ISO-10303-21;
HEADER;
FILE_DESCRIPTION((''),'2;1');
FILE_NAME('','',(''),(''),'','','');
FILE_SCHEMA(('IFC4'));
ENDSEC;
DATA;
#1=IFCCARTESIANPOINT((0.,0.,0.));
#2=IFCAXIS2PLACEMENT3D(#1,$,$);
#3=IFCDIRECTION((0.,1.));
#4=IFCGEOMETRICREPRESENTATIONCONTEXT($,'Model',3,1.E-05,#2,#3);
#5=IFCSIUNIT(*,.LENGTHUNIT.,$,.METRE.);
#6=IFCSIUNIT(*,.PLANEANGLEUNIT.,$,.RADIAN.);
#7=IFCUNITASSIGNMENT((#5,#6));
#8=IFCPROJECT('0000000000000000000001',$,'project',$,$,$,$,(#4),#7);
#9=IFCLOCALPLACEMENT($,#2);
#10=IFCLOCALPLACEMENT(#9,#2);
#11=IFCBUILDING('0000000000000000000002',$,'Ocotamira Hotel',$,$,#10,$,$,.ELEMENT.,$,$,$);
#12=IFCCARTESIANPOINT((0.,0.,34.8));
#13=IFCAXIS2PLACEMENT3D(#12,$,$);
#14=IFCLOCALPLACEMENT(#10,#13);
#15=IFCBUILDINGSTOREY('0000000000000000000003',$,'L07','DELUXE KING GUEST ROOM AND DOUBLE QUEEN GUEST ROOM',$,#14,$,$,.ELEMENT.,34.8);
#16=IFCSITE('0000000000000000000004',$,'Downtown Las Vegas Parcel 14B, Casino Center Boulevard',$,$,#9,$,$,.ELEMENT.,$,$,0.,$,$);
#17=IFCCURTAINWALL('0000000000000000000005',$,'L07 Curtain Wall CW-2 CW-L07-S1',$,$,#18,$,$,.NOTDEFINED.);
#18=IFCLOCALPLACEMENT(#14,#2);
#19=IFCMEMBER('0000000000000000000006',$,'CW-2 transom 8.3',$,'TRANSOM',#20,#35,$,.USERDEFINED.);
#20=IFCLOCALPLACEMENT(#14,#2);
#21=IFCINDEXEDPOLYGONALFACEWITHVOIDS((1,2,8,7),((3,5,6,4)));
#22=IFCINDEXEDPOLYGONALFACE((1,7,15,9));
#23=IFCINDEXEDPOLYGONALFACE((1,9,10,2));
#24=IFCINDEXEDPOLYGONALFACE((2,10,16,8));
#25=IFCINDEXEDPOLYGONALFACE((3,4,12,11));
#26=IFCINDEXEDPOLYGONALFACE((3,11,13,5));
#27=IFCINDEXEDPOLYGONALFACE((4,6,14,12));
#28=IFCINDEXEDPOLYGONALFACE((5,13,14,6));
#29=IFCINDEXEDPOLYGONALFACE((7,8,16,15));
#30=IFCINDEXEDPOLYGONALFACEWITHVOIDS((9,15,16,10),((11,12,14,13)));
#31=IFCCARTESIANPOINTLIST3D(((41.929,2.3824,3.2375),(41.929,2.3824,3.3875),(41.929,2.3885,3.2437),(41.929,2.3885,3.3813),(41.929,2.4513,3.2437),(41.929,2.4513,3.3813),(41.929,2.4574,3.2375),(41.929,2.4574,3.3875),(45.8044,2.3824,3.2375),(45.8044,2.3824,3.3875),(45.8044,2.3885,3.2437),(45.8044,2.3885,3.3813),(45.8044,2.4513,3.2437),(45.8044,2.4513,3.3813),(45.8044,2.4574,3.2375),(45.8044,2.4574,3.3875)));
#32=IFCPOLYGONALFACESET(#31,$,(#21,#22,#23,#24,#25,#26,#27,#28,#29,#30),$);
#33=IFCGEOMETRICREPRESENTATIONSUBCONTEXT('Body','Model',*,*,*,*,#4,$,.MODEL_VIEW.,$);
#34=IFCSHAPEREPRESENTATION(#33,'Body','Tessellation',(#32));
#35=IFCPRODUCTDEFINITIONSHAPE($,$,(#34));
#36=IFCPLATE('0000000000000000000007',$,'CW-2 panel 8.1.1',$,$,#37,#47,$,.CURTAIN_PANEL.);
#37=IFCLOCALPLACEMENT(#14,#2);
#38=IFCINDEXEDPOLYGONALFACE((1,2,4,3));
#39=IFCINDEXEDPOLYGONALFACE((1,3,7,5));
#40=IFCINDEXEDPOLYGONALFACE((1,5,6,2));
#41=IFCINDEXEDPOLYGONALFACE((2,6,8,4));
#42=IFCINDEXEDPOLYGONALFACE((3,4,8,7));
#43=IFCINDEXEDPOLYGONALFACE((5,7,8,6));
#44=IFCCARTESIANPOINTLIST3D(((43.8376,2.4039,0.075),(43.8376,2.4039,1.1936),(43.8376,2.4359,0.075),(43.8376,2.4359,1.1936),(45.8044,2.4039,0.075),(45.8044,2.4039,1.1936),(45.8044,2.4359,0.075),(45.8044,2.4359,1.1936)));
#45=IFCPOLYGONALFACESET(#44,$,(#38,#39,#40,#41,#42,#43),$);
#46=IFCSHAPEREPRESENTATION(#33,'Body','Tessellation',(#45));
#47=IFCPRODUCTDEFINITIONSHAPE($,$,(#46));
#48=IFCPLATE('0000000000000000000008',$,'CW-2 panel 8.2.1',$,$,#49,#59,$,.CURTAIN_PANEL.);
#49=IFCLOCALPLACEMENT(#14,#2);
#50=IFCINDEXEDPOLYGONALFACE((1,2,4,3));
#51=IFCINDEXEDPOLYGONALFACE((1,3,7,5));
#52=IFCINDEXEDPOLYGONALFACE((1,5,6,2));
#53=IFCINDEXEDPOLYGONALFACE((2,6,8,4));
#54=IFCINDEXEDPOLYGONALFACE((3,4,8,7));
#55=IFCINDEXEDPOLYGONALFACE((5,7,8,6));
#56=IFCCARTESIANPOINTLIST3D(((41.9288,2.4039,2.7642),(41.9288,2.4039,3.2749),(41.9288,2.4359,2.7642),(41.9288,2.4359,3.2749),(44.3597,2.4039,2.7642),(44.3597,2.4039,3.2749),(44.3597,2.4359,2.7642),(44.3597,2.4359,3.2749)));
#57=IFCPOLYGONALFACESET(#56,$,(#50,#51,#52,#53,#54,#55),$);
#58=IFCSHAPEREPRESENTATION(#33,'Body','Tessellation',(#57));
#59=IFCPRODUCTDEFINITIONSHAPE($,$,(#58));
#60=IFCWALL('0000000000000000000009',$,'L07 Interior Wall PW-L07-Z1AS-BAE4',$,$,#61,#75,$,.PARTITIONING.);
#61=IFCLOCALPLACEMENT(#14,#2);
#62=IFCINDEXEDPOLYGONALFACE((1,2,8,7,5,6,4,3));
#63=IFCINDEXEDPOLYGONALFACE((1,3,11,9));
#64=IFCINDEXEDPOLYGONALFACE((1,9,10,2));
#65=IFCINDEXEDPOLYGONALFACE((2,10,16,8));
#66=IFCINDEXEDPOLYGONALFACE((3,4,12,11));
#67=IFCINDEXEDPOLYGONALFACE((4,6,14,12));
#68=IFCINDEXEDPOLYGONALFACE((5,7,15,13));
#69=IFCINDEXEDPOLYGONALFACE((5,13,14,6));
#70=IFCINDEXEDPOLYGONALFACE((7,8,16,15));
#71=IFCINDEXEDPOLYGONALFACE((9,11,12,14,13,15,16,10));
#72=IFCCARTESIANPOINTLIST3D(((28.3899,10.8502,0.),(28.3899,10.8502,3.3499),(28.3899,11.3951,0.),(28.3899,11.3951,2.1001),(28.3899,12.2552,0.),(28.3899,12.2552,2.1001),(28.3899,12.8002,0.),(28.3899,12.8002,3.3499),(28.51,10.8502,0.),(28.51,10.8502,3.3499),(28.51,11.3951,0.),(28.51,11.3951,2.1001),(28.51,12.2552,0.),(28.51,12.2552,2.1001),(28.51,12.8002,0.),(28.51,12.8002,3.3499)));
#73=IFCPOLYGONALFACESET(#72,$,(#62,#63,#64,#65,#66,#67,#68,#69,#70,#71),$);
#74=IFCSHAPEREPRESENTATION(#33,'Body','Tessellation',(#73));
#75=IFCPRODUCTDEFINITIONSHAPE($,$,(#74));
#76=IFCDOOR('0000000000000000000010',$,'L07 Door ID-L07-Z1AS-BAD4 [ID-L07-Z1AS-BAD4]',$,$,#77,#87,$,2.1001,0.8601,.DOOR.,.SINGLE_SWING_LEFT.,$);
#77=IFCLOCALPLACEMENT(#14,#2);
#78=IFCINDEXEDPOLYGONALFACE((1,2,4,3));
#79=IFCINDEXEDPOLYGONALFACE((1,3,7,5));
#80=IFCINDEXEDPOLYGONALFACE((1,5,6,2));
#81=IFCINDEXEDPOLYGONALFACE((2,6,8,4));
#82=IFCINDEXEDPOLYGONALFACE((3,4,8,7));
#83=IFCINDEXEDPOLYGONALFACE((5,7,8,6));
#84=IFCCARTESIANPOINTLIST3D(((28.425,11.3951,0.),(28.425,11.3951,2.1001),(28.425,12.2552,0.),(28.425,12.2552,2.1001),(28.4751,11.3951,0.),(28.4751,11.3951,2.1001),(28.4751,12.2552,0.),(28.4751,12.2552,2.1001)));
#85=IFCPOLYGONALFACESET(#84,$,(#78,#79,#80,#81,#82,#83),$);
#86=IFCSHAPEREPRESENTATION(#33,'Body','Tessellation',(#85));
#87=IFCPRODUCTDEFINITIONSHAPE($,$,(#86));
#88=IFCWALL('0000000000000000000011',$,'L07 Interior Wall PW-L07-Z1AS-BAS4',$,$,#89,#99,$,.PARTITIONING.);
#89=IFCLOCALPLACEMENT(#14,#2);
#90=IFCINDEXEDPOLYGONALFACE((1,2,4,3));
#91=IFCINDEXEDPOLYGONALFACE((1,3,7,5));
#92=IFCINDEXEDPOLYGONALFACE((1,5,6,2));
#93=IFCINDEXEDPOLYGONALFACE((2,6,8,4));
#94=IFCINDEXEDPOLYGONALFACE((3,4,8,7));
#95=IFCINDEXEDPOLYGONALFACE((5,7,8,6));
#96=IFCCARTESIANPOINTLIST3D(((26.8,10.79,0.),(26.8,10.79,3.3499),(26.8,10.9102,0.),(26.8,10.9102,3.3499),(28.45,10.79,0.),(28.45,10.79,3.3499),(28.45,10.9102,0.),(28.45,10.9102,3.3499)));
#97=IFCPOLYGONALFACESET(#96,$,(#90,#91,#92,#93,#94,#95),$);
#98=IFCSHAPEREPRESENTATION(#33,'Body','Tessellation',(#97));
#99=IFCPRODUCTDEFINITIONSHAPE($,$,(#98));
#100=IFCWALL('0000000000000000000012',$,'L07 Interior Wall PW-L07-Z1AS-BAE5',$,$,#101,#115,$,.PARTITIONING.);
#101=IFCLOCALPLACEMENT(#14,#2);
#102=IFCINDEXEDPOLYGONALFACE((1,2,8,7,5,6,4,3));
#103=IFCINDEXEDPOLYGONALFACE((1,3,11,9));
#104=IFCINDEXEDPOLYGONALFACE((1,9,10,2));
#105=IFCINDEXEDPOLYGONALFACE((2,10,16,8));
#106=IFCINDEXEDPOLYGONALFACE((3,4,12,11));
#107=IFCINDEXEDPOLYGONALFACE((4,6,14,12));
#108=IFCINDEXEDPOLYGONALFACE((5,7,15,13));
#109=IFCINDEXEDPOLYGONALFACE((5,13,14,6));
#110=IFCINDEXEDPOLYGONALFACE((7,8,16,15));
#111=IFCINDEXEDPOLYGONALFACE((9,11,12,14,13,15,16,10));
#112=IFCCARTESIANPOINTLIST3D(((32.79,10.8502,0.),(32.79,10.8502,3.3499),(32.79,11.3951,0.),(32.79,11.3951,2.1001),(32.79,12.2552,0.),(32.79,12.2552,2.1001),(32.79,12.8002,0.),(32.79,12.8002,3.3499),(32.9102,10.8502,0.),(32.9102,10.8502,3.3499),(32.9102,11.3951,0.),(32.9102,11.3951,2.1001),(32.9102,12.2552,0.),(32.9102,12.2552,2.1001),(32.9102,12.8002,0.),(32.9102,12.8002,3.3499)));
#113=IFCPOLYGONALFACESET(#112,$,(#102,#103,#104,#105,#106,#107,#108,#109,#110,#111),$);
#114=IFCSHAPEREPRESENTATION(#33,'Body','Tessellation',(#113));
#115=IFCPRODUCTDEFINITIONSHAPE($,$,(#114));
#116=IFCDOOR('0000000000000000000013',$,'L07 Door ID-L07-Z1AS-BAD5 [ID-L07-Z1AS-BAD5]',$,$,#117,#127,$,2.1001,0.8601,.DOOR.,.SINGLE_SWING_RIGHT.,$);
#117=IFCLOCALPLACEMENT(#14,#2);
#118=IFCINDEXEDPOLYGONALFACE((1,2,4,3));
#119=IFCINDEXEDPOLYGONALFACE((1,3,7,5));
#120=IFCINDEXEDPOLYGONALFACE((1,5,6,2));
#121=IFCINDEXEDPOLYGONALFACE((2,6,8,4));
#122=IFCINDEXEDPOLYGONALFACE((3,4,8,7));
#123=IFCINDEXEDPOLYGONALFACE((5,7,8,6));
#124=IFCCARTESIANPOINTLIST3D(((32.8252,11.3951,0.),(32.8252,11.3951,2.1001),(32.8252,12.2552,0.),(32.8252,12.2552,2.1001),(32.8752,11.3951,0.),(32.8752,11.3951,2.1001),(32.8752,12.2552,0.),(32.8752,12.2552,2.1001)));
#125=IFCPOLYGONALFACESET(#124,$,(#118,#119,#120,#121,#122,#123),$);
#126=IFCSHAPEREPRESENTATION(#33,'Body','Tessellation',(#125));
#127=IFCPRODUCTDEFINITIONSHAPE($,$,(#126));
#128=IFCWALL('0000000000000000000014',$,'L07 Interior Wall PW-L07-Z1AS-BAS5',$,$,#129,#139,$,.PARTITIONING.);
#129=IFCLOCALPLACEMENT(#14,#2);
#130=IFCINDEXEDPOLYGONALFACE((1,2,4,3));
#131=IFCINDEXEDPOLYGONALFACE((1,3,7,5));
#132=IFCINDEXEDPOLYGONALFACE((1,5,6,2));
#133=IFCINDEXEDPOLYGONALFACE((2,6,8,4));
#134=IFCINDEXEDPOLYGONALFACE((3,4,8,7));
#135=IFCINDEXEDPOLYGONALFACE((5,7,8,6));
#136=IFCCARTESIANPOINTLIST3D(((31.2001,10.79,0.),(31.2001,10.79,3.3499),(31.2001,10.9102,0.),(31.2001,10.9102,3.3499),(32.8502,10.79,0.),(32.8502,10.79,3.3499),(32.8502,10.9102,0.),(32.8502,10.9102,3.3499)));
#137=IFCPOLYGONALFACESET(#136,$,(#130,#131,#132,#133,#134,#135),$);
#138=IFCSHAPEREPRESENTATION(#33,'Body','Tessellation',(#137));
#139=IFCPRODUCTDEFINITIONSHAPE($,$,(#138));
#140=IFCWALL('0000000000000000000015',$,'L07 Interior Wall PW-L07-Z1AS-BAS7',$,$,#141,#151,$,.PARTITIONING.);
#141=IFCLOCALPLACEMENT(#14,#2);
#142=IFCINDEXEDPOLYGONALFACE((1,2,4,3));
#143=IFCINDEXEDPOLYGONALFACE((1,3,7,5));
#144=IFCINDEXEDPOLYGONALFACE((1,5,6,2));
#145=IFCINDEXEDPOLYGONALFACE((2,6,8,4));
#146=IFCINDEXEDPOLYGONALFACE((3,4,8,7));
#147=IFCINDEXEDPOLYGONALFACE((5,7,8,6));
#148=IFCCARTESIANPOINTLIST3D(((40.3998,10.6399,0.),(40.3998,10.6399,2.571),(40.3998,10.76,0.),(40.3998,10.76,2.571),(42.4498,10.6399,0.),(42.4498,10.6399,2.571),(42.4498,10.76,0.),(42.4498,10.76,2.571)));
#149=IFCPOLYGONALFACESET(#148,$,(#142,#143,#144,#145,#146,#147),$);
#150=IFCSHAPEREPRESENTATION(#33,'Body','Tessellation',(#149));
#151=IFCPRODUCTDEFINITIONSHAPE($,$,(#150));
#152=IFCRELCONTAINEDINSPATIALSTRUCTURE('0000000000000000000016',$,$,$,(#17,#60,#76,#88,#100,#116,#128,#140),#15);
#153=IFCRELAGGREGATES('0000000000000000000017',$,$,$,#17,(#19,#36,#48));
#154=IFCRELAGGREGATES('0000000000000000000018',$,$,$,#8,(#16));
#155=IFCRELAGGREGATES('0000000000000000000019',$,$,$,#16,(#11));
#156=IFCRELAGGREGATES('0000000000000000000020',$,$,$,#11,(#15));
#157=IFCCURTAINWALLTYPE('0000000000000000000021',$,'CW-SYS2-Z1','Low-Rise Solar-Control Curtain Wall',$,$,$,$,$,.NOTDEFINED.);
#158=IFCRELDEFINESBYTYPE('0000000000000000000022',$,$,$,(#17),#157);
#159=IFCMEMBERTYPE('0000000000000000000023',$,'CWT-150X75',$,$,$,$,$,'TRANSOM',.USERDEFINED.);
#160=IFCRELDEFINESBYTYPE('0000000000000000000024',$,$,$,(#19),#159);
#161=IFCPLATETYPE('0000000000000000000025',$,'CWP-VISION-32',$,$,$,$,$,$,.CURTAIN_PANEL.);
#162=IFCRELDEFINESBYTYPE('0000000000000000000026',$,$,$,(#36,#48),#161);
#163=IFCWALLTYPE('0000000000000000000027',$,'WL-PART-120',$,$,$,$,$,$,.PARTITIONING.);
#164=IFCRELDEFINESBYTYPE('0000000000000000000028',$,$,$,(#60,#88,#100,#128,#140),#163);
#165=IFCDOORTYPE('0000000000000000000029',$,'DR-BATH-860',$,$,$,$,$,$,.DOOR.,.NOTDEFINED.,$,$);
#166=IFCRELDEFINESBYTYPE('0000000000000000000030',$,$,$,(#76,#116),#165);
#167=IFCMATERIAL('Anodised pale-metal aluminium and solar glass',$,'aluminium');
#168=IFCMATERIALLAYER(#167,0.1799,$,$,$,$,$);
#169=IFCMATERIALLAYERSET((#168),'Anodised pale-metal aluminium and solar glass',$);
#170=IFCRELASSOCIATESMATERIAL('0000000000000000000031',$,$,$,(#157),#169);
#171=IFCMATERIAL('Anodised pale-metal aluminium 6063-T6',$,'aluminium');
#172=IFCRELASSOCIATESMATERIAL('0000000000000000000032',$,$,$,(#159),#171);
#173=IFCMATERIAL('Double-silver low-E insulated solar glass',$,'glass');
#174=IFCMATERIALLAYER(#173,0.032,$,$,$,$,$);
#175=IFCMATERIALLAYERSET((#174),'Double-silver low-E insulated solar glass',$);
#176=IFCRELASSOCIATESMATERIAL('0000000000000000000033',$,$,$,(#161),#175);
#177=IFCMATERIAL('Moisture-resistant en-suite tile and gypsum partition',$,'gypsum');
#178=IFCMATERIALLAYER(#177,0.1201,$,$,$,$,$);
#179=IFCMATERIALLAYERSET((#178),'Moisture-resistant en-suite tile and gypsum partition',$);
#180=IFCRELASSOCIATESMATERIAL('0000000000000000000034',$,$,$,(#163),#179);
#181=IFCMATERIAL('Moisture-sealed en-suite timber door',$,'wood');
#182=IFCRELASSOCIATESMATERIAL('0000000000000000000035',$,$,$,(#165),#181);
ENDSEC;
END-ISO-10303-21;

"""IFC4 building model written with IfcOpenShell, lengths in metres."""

from ifc_helpers import new_model, si_unit, direction, frame, frame_2d, origin, origin_2d, place, context, subcontext, project, spatial, rectangle, hollow_rectangle, extrude, source, transform, mapped, material, layer, layer_set, material_profile, profile_set, type_object, element, fill, aggregate, save


model = new_model("IFC4")

# Units and contexts
model_context = context("Model", 3, precision=1e-05, world=origin(), true_north=direction((0.0, 1.0)))
body_context = subcontext(model_context, "Body", "Model", "MODEL_VIEW")
ifc_project = project(units=[si_unit("LENGTHUNIT", "METRE"), si_unit("PLANEANGLEUNIT", "RADIAN")], contexts=[model_context])

# Site, building, storey
site_placement = place(None, origin())
site = spatial("IfcSite", under=ifc_project, at=site_placement, Name="Downtown Las Vegas Parcel 14B, Casino Center Boulevard", CompositionType="ELEMENT", RefElevation=0.0)
building_placement = place(site_placement, origin())
building = spatial("IfcBuilding", under=site, at=building_placement, Name="Ocotamira Hotel", CompositionType="ELEMENT")
storey_placement = place(building_placement, frame((0.0, 0.0, 34.8)))
storey = spatial("IfcBuildingStorey", under=building, at=storey_placement, Name="L07", Description="DELUXE KING GUEST ROOM AND DOUBLE QUEEN GUEST ROOM", CompositionType="ELEMENT", Elevation=34.8)

# Curtain wall, member, plates
ifc_material_1 = material(Name="Anodised pale-metal aluminium and solar glass", Category="aluminium")
ifc_layer_1 = layer(ifc_material_1, 0.1799)
ifc_layer_set_1 = layer_set([ifc_layer_1], Name="Anodised pale-metal aluminium and solar glass")
curtain_wall_type = type_object("IfcCurtainWallType", Name="CW-SYS2-Z1", Description="Low-Rise Solar-Control Curtain Wall", PredefinedType="NOTDEFINED", material=ifc_layer_set_1)
curtain_wall_placement = place(storey_placement, origin())
curtain_wall = element("IfcCurtainWall", 1, at=curtain_wall_placement, inside=storey, type_object=curtain_wall_type, Name="L07 Curtain Wall CW-2 CW-L07-S1", PredefinedType="NOTDEFINED")
ifc_material_2 = material(Name="Anodised pale-metal aluminium 6063-T6", Category="aluminium")
ifc_material_profile_1 = material_profile(ifc_material_2, hollow_rectangle(XDim=0.075, YDim=0.1499, WallThickness=0.0061, at=origin_2d()), Name="HSS150X75X6")
ifc_profile_set_1 = profile_set([ifc_material_profile_1], Name="Anodised pale-metal aluminium 6063-T6")
member_type = type_object("IfcMemberType", Name="CWT-150X75", ElementType="TRANSOM", PredefinedType="USERDEFINED", material=ifc_profile_set_1)
shared_shape_1 = source(origin(), body_context, "Body", "SweptSolid", [
    extrude(hollow_rectangle(XDim=0.075, YDim=0.1499, WallThickness=0.0061, at=origin_2d()), origin(), (0.0, 0.0, 1.0), 3.8755),
])
member_1_placement = place(storey_placement, frame((41.929, 2.4199, 3.3125), z_axis=(1.0, 0.0, 0.0), x_axis=(0.0, 1.0, 0.0)))
member_1 = element("IfcMember", 2, at=member_1_placement, type_object=member_type, Name="CW-2 transom 8.3", ObjectType="TRANSOM", PredefinedType="USERDEFINED", context=body_context, shape_type="MappedRepresentation", body=[
    mapped(shared_shape_1, transform((0.0, 0.0, 0.0), scale=1.0)),
])
ifc_material_3 = material(Name="Double-silver low-E insulated solar glass", Category="glass")
ifc_layer_2 = layer(ifc_material_3, 0.032)
ifc_layer_set_2 = layer_set([ifc_layer_2], Name="Double-silver low-E insulated solar glass")
plate_type = type_object("IfcPlateType", Name="CWP-VISION-32", PredefinedType="CURTAIN_PANEL", material=ifc_layer_set_2)
shared_shape_2 = source(origin(), body_context, "Body", "SweptSolid", [
    extrude(rectangle(XDim=1.9668, YDim=0.032, at=origin_2d()), origin(), (0.0, 0.0, 1.0), 1.1187),
])
plate_1_placement = place(storey_placement, frame((44.821, 2.4199, 0.075), z_axis=(0.0, 0.0, 1.0), x_axis=(1.0, 0.0, 0.0)))
plate_1 = element("IfcPlate", 3, at=plate_1_placement, type_object=plate_type, Name="CW-2 panel 8.1.1", PredefinedType="CURTAIN_PANEL", context=body_context, shape_type="MappedRepresentation", body=[
    mapped(shared_shape_2, transform((0.0, 0.0, 0.0), scale=1.0)),
])
shared_shape_3 = source(origin(), body_context, "Body", "SweptSolid", [
    extrude(rectangle(XDim=2.4309, YDim=0.032, at=origin_2d()), origin(), (0.0, 0.0, 1.0), 0.5107),
])
plate_2_placement = place(storey_placement, frame((43.1443, 2.4199, 2.7642), z_axis=(0.0, 0.0, 1.0), x_axis=(1.0, 0.0, 0.0)))
plate_2 = element("IfcPlate", 4, at=plate_2_placement, type_object=plate_type, Name="CW-2 panel 8.2.1", PredefinedType="CURTAIN_PANEL", context=body_context, shape_type="MappedRepresentation", body=[
    mapped(shared_shape_3, transform((0.0, 0.0, 0.0), scale=1.0)),
])
aggregate(curtain_wall, [member_1, plate_1, plate_2])

# Wall, opening, door
ifc_material_4 = material(Name="Moisture-resistant en-suite tile and gypsum partition", Category="gypsum")
ifc_layer_3 = layer(ifc_material_4, 0.1201)
ifc_layer_set_3 = layer_set([ifc_layer_3], Name="Moisture-resistant en-suite tile and gypsum partition")
wall_type = type_object("IfcWallType", Name="WL-PART-120", PredefinedType="PARTITIONING", material=ifc_layer_set_3)
wall_1_placement = place(storey_placement, frame((28.45, 10.8501, 0.0), z_axis=(0.0, 0.0, 1.0), x_axis=(0.0, 1.0, 0.0)))
wall_1 = element("IfcWall", 5, at=wall_1_placement, inside=storey, type_object=wall_type, Name="L07 Interior Wall PW-L07-Z1AS-BAE4", PredefinedType="PARTITIONING", context=body_context, shape_type="SweptSolid", body=[
    extrude(rectangle(XDim=1.95, YDim=0.1201, at=frame_2d((0.9751, 0.0))), origin(), (0.0, 0.0, 1.0), 3.3499),
])
opening_1_placement = place(wall_1_placement, frame((0.5449, 0.0, 0.0)))
opening_1 = element("IfcOpeningElement", 6, at=opening_1_placement, cuts=wall_1, PredefinedType="OPENING", context=body_context, shape_type="SweptSolid", body=[
    extrude(rectangle(XDim=0.8601, YDim=2.1001, at=frame_2d((0.4302, 1.05))), frame((0.0, 0.0701, 0.0), z_axis=(0.0, -1.0, 0.0), x_axis=(1.0, 0.0, 0.0)), (0.0, 0.0, 1.0), 0.1401),
])
ifc_material_5 = material(Name="Moisture-sealed en-suite timber door", Category="wood")
door_type_1 = type_object("IfcDoorType", Name="DR-BATH-860", OperationType="NOTDEFINED", PredefinedType="DOOR", material=ifc_material_5)
shared_shape_4 = source(origin(), body_context, "Body", "SweptSolid", [
    extrude(rectangle(XDim=0.8601, YDim=2.1001, at=frame_2d((0.4302, 1.05))), frame((0.0, 0.0249, 0.0), z_axis=(0.0, -1.0, 0.0), x_axis=(1.0, 0.0, 0.0)), (0.0, 0.0, 1.0), 0.05),
])
door_1_placement = place(opening_1_placement, origin())
door_1 = element("IfcDoor", 7, at=door_1_placement, inside=storey, type_object=door_type_1, Name="L07 Door ID-L07-Z1AS-BAD4 [ID-L07-Z1AS-BAD4]", OperationType="SINGLE_SWING_LEFT", OverallHeight=2.1001, OverallWidth=0.8601, PredefinedType="DOOR", context=body_context, shape_type="MappedRepresentation", body=[
    mapped(shared_shape_4, transform((0.0, 0.0, 0.0), scale=1.0)),
])
fill(opening_1, door_1)

# Wall
wall_2_placement = place(storey_placement, frame((26.8, 10.8501, 0.0), z_axis=(0.0, 0.0, 1.0), x_axis=(1.0, 0.0, 0.0)))
element("IfcWall", 8, at=wall_2_placement, inside=storey, type_object=wall_type, Name="L07 Interior Wall PW-L07-Z1AS-BAS4", PredefinedType="PARTITIONING", context=body_context, shape_type="SweptSolid", body=[
    extrude(rectangle(XDim=1.6499, YDim=0.1201, at=frame_2d((0.825, 0.0))), origin(), (0.0, 0.0, 1.0), 3.3499),
])

# Wall, opening, door
wall_3_placement = place(storey_placement, frame((32.8501, 10.8501, 0.0), z_axis=(0.0, 0.0, 1.0), x_axis=(0.0, 1.0, 0.0)))
wall_3 = element("IfcWall", 9, at=wall_3_placement, inside=storey, type_object=wall_type, Name="L07 Interior Wall PW-L07-Z1AS-BAE5", PredefinedType="PARTITIONING", context=body_context, shape_type="SweptSolid", body=[
    extrude(rectangle(XDim=1.95, YDim=0.1201, at=frame_2d((0.9751, 0.0))), origin(), (0.0, 0.0, 1.0), 3.3499),
])
opening_2_placement = place(wall_3_placement, frame((0.5449, 0.0, 0.0)))
opening_2 = element("IfcOpeningElement", 10, at=opening_2_placement, cuts=wall_3, PredefinedType="OPENING", context=body_context, shape_type="SweptSolid", body=[
    extrude(rectangle(XDim=0.8601, YDim=2.1001, at=frame_2d((0.4302, 1.05))), frame((0.0, 0.0701, 0.0), z_axis=(0.0, -1.0, 0.0), x_axis=(1.0, 0.0, 0.0)), (0.0, 0.0, 1.0), 0.1401),
])
door_2_placement = place(opening_2_placement, origin())
door_2 = element("IfcDoor", 11, at=door_2_placement, inside=storey, type_object=door_type_1, Name="L07 Door ID-L07-Z1AS-BAD5 [ID-L07-Z1AS-BAD5]", OperationType="SINGLE_SWING_RIGHT", OverallHeight=2.1001, OverallWidth=0.8601, PredefinedType="DOOR", context=body_context, shape_type="MappedRepresentation", body=[
    mapped(shared_shape_4, transform((0.0, 0.0, 0.0), scale=1.0)),
])
fill(opening_2, door_2)

# Wall
wall_4_placement = place(storey_placement, frame((31.2, 10.8501, 0.0), z_axis=(0.0, 0.0, 1.0), x_axis=(1.0, 0.0, 0.0)))
element("IfcWall", 12, at=wall_4_placement, inside=storey, type_object=wall_type, Name="L07 Interior Wall PW-L07-Z1AS-BAS5", PredefinedType="PARTITIONING", context=body_context, shape_type="SweptSolid", body=[
    extrude(rectangle(XDim=1.6501, YDim=0.1201, at=frame_2d((0.8252, 0.0))), origin(), (0.0, 0.0, 1.0), 3.3499),
])

# Wall
wall_5_placement = place(storey_placement, frame((40.3999, 10.7, 0.0), z_axis=(0.0, 0.0, 1.0), x_axis=(1.0, 0.0, 0.0)))
element("IfcWall", 13, at=wall_5_placement, inside=storey, type_object=wall_type, Name="L07 Interior Wall PW-L07-Z1AS-BAS7", PredefinedType="PARTITIONING", context=body_context, shape_type="SweptSolid", body=[
    extrude(rectangle(XDim=2.05, YDim=0.1201, at=frame_2d((1.0249, 0.0))), origin(), (0.0, 0.0, 1.0), 2.571),
])

save(model, "model.ifc")
